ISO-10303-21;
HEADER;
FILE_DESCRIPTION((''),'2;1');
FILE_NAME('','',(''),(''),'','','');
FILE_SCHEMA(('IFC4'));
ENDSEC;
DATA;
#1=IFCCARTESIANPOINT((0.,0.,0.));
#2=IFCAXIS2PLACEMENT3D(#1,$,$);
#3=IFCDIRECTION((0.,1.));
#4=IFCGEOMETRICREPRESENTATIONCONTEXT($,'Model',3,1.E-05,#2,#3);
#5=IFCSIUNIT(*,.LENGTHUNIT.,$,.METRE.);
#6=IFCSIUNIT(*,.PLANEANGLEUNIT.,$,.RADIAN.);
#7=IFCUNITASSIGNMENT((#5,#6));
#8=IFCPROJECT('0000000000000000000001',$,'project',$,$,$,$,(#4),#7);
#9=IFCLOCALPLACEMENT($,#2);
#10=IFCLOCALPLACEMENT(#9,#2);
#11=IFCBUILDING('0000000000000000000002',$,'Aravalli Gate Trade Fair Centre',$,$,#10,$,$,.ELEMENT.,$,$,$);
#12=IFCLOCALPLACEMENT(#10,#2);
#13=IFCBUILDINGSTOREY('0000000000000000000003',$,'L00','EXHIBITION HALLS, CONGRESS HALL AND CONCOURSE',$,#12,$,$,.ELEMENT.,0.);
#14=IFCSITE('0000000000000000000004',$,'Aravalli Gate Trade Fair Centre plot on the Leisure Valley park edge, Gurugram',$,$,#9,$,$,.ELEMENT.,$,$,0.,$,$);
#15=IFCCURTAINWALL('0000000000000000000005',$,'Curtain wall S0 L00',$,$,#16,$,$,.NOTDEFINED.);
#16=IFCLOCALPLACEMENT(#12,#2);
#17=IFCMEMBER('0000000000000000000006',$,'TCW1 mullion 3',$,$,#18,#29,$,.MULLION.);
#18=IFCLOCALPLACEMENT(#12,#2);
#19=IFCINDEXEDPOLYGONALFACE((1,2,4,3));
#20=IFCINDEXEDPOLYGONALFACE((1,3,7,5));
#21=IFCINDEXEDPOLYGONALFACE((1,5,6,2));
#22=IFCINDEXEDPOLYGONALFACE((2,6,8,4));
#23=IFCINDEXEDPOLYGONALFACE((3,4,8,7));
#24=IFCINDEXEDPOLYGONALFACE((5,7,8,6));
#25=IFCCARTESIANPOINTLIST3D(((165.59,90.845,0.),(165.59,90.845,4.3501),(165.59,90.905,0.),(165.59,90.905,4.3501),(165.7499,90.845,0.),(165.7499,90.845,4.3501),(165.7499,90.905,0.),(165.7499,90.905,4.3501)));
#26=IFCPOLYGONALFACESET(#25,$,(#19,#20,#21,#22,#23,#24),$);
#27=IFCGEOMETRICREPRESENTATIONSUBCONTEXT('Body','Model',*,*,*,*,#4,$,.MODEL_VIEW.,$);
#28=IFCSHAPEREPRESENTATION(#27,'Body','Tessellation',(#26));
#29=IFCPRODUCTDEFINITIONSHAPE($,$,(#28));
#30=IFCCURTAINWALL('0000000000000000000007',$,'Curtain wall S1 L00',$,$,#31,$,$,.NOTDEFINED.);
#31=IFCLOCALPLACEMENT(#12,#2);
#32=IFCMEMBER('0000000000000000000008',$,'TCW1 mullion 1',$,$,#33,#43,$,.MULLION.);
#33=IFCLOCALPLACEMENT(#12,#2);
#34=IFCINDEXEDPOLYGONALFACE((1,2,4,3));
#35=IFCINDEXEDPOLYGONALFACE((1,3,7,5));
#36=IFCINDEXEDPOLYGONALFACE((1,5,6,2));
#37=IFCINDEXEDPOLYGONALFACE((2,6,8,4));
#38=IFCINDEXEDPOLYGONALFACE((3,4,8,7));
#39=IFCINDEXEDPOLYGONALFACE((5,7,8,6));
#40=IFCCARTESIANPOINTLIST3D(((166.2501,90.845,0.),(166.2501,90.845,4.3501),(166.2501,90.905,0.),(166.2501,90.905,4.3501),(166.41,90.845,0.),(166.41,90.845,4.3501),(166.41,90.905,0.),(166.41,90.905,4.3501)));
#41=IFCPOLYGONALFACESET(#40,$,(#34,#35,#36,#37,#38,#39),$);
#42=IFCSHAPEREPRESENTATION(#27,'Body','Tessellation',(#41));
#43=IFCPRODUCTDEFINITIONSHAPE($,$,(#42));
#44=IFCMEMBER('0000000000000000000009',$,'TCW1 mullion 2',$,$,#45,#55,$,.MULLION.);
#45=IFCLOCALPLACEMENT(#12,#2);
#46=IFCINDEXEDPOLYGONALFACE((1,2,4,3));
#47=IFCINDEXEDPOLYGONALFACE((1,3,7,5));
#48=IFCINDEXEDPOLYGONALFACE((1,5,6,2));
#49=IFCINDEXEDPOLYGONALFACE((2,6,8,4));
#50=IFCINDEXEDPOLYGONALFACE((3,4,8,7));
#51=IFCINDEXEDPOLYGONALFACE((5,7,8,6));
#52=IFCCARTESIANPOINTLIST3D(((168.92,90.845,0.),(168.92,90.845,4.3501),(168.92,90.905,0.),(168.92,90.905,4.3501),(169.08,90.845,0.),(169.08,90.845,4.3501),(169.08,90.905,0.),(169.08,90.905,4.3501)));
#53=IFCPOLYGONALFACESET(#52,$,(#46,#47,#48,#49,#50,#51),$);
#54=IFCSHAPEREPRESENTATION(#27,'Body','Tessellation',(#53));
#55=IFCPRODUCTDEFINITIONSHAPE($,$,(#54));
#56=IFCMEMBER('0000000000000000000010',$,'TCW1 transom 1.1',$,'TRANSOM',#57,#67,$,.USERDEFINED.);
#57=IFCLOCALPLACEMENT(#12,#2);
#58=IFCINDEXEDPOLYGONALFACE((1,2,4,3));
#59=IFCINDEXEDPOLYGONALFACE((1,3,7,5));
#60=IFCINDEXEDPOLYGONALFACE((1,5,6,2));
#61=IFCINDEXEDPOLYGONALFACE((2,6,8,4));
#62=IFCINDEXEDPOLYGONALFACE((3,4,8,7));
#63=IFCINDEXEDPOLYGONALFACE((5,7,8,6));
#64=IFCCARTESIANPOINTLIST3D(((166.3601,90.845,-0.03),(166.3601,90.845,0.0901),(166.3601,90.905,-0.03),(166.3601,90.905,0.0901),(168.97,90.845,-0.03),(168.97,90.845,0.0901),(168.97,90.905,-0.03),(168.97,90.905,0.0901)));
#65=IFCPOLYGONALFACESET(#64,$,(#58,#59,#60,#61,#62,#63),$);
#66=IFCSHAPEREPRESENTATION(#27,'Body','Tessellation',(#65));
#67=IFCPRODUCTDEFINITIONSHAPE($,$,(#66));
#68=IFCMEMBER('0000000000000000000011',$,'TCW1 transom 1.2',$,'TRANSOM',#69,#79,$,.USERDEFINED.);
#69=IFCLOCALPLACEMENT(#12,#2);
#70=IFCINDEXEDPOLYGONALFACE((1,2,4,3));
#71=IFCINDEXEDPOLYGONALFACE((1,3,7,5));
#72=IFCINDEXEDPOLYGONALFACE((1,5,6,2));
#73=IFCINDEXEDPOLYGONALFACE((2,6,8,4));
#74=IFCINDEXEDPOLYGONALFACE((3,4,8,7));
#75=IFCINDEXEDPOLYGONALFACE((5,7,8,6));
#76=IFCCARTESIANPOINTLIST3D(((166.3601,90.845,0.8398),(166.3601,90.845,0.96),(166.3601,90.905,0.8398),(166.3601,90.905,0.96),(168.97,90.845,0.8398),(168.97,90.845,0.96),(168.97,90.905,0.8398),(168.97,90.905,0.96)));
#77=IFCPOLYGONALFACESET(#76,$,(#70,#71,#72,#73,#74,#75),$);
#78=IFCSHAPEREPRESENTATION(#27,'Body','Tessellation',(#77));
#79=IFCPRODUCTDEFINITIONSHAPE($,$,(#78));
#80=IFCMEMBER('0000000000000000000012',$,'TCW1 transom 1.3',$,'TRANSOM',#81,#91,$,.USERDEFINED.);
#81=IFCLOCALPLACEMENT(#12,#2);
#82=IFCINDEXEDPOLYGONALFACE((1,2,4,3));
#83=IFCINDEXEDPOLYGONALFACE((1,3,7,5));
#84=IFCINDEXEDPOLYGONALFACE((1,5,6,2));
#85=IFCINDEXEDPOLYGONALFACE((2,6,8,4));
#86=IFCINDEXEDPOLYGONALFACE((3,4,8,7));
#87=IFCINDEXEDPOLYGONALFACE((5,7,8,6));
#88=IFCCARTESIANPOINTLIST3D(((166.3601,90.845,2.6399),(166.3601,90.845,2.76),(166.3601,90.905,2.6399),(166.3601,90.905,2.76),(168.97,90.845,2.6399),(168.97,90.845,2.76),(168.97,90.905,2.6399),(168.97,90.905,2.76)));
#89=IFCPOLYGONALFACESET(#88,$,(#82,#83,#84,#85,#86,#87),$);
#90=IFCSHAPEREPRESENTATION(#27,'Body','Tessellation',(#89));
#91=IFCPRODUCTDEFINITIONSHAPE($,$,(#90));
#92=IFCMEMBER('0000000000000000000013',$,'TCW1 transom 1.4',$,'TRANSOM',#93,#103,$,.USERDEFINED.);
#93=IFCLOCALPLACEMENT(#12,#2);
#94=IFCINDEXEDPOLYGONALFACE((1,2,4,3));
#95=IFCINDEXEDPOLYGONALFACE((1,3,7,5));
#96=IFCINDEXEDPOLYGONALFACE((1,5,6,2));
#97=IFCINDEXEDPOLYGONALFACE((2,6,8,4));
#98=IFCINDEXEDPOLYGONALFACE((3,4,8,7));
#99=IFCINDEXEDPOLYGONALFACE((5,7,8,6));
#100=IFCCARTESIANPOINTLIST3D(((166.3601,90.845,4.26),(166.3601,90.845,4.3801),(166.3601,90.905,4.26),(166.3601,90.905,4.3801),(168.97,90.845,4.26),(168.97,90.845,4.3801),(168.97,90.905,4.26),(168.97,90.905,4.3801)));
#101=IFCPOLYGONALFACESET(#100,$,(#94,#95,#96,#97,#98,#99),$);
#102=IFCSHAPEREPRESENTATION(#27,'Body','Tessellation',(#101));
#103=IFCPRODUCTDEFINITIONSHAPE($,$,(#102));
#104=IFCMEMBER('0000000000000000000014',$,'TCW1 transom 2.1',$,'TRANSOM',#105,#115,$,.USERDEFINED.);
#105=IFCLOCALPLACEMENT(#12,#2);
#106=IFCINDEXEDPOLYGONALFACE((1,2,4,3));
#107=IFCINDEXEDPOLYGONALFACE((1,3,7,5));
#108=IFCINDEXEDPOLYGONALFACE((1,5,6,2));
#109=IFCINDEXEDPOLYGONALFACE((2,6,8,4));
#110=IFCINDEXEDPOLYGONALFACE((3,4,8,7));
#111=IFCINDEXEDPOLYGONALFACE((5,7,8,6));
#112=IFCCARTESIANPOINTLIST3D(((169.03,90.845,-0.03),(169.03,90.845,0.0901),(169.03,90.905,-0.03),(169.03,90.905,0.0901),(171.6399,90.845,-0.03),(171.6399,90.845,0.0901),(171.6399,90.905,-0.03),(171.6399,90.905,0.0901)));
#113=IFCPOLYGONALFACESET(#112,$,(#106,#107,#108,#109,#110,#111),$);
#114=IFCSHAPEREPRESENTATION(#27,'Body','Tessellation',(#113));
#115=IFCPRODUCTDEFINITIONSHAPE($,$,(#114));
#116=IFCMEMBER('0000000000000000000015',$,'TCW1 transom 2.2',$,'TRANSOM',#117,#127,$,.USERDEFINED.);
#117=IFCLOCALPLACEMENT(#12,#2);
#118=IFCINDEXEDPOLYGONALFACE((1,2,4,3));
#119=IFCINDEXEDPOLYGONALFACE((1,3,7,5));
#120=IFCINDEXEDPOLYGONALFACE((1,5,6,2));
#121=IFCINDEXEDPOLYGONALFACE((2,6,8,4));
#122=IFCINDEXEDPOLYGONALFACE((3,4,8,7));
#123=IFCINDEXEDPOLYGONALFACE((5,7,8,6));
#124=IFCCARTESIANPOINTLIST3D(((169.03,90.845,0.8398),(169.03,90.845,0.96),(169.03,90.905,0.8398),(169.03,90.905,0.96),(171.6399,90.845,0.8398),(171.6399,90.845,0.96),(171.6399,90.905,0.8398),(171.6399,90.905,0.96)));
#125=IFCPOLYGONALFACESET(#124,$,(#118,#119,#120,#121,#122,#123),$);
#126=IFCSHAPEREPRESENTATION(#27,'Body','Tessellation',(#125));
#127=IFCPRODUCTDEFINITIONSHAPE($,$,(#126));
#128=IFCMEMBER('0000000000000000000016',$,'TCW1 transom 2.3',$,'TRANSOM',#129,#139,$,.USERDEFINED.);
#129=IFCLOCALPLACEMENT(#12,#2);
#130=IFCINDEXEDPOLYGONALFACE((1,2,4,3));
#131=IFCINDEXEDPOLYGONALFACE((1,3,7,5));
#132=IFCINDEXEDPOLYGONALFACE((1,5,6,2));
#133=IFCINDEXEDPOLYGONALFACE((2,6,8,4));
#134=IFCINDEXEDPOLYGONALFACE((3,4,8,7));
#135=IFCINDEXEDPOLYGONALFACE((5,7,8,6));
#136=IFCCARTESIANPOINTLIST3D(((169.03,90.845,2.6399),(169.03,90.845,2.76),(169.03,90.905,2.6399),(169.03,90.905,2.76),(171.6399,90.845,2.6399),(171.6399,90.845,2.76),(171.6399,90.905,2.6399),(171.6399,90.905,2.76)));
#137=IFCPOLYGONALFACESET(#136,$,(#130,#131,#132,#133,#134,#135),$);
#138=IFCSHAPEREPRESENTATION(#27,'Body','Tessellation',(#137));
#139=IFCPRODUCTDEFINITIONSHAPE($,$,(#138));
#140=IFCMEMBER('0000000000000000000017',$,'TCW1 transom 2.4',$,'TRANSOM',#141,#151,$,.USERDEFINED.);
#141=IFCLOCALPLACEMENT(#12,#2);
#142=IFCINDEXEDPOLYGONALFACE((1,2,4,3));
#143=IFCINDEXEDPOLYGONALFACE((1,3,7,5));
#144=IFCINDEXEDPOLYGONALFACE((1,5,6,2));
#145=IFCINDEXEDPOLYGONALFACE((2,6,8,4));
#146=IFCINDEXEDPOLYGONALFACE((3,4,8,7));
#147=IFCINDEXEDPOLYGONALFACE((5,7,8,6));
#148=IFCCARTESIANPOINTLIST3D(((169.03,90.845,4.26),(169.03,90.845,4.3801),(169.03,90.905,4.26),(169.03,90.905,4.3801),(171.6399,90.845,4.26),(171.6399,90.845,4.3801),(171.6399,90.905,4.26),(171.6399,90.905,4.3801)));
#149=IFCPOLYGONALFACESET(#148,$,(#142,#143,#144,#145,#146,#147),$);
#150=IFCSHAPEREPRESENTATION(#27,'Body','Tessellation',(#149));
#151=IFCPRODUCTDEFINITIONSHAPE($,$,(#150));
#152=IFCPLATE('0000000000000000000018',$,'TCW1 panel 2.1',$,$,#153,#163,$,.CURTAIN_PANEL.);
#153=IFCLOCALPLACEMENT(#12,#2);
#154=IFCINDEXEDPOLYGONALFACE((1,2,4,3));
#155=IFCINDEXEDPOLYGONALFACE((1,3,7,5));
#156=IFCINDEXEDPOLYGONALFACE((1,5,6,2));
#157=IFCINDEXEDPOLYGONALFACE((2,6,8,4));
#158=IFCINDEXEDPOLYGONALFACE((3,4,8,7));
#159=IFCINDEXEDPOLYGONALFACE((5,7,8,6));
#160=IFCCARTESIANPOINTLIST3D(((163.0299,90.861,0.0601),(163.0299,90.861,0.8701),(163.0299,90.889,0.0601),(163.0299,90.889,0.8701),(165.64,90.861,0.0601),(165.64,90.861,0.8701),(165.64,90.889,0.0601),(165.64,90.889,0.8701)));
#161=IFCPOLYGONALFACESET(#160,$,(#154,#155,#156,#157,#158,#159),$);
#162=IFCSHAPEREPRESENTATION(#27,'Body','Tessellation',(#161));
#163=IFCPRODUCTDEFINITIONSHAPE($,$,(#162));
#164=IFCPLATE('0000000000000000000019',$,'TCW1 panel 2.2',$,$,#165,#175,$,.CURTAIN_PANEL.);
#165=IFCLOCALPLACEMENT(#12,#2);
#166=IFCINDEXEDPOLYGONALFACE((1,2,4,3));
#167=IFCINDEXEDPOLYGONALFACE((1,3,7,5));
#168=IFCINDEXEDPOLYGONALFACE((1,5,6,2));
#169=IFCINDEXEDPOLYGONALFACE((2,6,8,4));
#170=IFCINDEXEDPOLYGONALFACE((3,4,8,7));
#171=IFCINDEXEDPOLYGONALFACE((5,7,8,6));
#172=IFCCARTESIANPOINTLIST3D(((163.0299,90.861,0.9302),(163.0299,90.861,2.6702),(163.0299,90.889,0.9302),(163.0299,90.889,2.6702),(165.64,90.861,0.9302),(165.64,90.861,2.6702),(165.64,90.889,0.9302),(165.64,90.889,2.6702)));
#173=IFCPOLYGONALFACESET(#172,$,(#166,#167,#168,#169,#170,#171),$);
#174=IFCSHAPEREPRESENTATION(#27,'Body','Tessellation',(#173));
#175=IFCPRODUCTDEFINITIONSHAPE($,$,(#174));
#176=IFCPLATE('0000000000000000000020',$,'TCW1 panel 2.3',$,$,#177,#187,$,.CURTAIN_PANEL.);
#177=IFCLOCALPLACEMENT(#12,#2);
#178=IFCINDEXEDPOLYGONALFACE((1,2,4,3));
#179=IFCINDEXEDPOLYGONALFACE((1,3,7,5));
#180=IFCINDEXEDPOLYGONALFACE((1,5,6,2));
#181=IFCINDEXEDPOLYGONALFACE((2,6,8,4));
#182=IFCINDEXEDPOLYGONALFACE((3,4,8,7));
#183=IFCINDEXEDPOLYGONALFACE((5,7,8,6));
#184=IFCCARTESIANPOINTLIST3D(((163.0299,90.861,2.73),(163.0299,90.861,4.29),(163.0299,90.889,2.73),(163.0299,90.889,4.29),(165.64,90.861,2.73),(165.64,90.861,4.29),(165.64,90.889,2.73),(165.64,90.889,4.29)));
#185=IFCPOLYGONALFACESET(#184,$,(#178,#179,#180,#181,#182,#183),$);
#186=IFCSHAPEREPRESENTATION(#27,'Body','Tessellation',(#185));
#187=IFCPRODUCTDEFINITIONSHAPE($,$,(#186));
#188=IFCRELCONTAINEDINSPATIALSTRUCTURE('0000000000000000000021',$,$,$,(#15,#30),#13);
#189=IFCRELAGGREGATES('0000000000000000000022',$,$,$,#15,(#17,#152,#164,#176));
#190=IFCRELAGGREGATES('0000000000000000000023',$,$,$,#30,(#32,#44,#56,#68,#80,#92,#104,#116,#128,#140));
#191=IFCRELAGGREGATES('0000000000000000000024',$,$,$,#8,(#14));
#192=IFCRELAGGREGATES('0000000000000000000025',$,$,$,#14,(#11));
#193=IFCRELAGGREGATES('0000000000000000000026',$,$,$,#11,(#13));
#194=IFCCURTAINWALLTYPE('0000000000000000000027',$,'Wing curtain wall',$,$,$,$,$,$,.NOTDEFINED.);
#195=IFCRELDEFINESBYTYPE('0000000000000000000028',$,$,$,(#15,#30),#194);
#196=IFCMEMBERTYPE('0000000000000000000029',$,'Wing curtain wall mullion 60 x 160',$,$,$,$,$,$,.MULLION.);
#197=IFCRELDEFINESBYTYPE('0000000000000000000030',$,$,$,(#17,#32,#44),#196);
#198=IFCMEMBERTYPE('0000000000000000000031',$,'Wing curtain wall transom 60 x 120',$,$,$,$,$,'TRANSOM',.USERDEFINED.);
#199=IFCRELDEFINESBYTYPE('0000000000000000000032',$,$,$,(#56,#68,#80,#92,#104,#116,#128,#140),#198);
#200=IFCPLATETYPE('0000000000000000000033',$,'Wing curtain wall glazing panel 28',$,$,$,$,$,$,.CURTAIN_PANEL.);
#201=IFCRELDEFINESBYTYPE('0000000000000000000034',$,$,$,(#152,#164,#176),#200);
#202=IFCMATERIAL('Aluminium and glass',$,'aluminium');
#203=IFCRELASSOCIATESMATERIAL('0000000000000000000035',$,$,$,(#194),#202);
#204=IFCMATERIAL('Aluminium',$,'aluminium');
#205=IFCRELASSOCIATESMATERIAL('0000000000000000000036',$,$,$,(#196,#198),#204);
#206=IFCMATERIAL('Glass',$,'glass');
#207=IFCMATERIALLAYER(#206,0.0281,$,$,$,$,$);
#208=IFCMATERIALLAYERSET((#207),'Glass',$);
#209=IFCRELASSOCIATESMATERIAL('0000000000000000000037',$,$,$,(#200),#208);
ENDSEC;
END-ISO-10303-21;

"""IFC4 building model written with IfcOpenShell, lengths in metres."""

from ifc_helpers import new_model, si_unit, direction, frame, origin, origin_2d, place, context, subcontext, project, spatial, rectangle, extrude, material, layer, layer_set, material_profile, profile_set, type_object, element, aggregate, save


model = new_model("IFC4")

# Units and contexts
model_context = context("Model", 3, precision=1e-05, world=origin(), true_north=direction((0.0, 1.0)))
body_context = subcontext(model_context, "Body", "Model", "MODEL_VIEW")
ifc_project = project(units=[si_unit("LENGTHUNIT", "METRE"), si_unit("PLANEANGLEUNIT", "RADIAN")], contexts=[model_context])

# Site, building, storey
site_placement = place(None, origin())
site = spatial("IfcSite", under=ifc_project, at=site_placement, Name="Aravalli Gate Trade Fair Centre plot on the Leisure Valley park edge, Gurugram", CompositionType="ELEMENT", RefElevation=0.0)
building_placement = place(site_placement, origin())
building = spatial("IfcBuilding", under=site, at=building_placement, Name="Aravalli Gate Trade Fair Centre", CompositionType="ELEMENT")
storey_placement = place(building_placement, origin())
storey = spatial("IfcBuildingStorey", under=building, at=storey_placement, Name="L00", Description="EXHIBITION HALLS, CONGRESS HALL AND CONCOURSE", CompositionType="ELEMENT", Elevation=0.0)

# Curtain wall, member
ifc_material_1 = material(Name="Aluminium and glass", Category="aluminium")
curtain_wall_type = type_object("IfcCurtainWallType", Name="Wing curtain wall", PredefinedType="NOTDEFINED", material=ifc_material_1)
curtain_wall_1_placement = place(storey_placement, origin())
curtain_wall_1 = element("IfcCurtainWall", 1, at=curtain_wall_1_placement, inside=storey, type_object=curtain_wall_type, Name="Curtain wall S0 L00", PredefinedType="NOTDEFINED")
ifc_material_2 = material(Name="Aluminium", Category="aluminium")
ifc_material_profile_1 = material_profile(ifc_material_2, rectangle(XDim=0.0601, YDim=0.1599, at=origin_2d()), Name="Wing curtain wall mullion 60 x 160")
ifc_profile_set_1 = profile_set([ifc_material_profile_1], Name="Aluminium")
member_type_1 = type_object("IfcMemberType", Name="Wing curtain wall mullion 60 x 160", PredefinedType="MULLION", material=ifc_profile_set_1)
member_1_placement = place(storey_placement, frame((165.6699, 90.875, 0.0), z_axis=(0.0, 0.0, 1.0), x_axis=(0.0, 1.0, 0.0)))
member_1 = element("IfcMember", 2, at=member_1_placement, type_object=member_type_1, Name="TCW1 mullion 3", PredefinedType="MULLION", context=body_context, shape_type="SweptSolid", body=[
    extrude(rectangle(XDim=0.0601, YDim=0.1599, at=origin_2d()), origin(), (0.0, 0.0, 1.0), 4.3501),
])

# Curtain wall, members
curtain_wall_2_placement = place(storey_placement, origin())
curtain_wall_2 = element("IfcCurtainWall", 3, at=curtain_wall_2_placement, inside=storey, type_object=curtain_wall_type, Name="Curtain wall S1 L00", PredefinedType="NOTDEFINED")
member_2_placement = place(storey_placement, frame((166.3301, 90.875, 0.0), z_axis=(0.0, 0.0, 1.0), x_axis=(0.0, 1.0, 0.0)))
member_2 = element("IfcMember", 4, at=member_2_placement, type_object=member_type_1, Name="TCW1 mullion 1", PredefinedType="MULLION", context=body_context, shape_type="SweptSolid", body=[
    extrude(rectangle(XDim=0.0601, YDim=0.1599, at=origin_2d()), origin(), (0.0, 0.0, 1.0), 4.3501),
])
member_3_placement = place(storey_placement, frame((169.0, 90.875, 0.0), z_axis=(0.0, 0.0, 1.0), x_axis=(0.0, 1.0, 0.0)))
member_3 = element("IfcMember", 5, at=member_3_placement, type_object=member_type_1, Name="TCW1 mullion 2", PredefinedType="MULLION", context=body_context, shape_type="SweptSolid", body=[
    extrude(rectangle(XDim=0.0601, YDim=0.1599, at=origin_2d()), origin(), (0.0, 0.0, 1.0), 4.3501),
])
ifc_material_profile_2 = material_profile(ifc_material_2, rectangle(XDim=0.0601, YDim=0.1201, at=origin_2d()), Name="Wing curtain wall transom 60 x 120")
ifc_profile_set_2 = profile_set([ifc_material_profile_2], Name="Aluminium")
member_type_2 = type_object("IfcMemberType", Name="Wing curtain wall transom 60 x 120", ElementType="TRANSOM", PredefinedType="USERDEFINED", material=ifc_profile_set_2)
member_4_placement = place(storey_placement, frame((166.3601, 90.875, 0.03), z_axis=(1.0, 0.0, 0.0), x_axis=(0.0, 1.0, 0.0)))
member_4 = element("IfcMember", 6, at=member_4_placement, type_object=member_type_2, Name="TCW1 transom 1.1", ObjectType="TRANSOM", PredefinedType="USERDEFINED", context=body_context, shape_type="SweptSolid", body=[
    extrude(rectangle(XDim=0.0601, YDim=0.1201, at=origin_2d()), origin(), (0.0, 0.0, 1.0), 2.6099),
])
member_5_placement = place(storey_placement, frame((166.3601, 90.875, 0.8999), z_axis=(1.0, 0.0, 0.0), x_axis=(0.0, 1.0, 0.0)))
member_5 = element("IfcMember", 7, at=member_5_placement, type_object=member_type_2, Name="TCW1 transom 1.2", ObjectType="TRANSOM", PredefinedType="USERDEFINED", context=body_context, shape_type="SweptSolid", body=[
    extrude(rectangle(XDim=0.0601, YDim=0.1201, at=origin_2d()), origin(), (0.0, 0.0, 1.0), 2.6099),
])
member_6_placement = place(storey_placement, frame((166.3601, 90.875, 2.7), z_axis=(1.0, 0.0, 0.0), x_axis=(0.0, 1.0, 0.0)))
member_6 = element("IfcMember", 8, at=member_6_placement, type_object=member_type_2, Name="TCW1 transom 1.3", ObjectType="TRANSOM", PredefinedType="USERDEFINED", context=body_context, shape_type="SweptSolid", body=[
    extrude(rectangle(XDim=0.0601, YDim=0.1201, at=origin_2d()), origin(), (0.0, 0.0, 1.0), 2.6099),
])
member_7_placement = place(storey_placement, frame((166.3601, 90.875, 4.3201), z_axis=(1.0, 0.0, 0.0), x_axis=(0.0, 1.0, 0.0)))
member_7 = element("IfcMember", 9, at=member_7_placement, type_object=member_type_2, Name="TCW1 transom 1.4", ObjectType="TRANSOM", PredefinedType="USERDEFINED", context=body_context, shape_type="SweptSolid", body=[
    extrude(rectangle(XDim=0.0601, YDim=0.1201, at=origin_2d()), origin(), (0.0, 0.0, 1.0), 2.6099),
])
member_8_placement = place(storey_placement, frame((169.03, 90.875, 0.03), z_axis=(1.0, 0.0, 0.0), x_axis=(0.0, 1.0, 0.0)))
member_8 = element("IfcMember", 10, at=member_8_placement, type_object=member_type_2, Name="TCW1 transom 2.1", ObjectType="TRANSOM", PredefinedType="USERDEFINED", context=body_context, shape_type="SweptSolid", body=[
    extrude(rectangle(XDim=0.0601, YDim=0.1201, at=origin_2d()), origin(), (0.0, 0.0, 1.0), 2.6099),
])
member_9_placement = place(storey_placement, frame((169.03, 90.875, 0.8999), z_axis=(1.0, 0.0, 0.0), x_axis=(0.0, 1.0, 0.0)))
member_9 = element("IfcMember", 11, at=member_9_placement, type_object=member_type_2, Name="TCW1 transom 2.2", ObjectType="TRANSOM", PredefinedType="USERDEFINED", context=body_context, shape_type="SweptSolid", body=[
    extrude(rectangle(XDim=0.0601, YDim=0.1201, at=origin_2d()), origin(), (0.0, 0.0, 1.0), 2.6099),
])
member_10_placement = place(storey_placement, frame((169.03, 90.875, 2.7), z_axis=(1.0, 0.0, 0.0), x_axis=(0.0, 1.0, 0.0)))
member_10 = element("IfcMember", 12, at=member_10_placement, type_object=member_type_2, Name="TCW1 transom 2.3", ObjectType="TRANSOM", PredefinedType="USERDEFINED", context=body_context, shape_type="SweptSolid", body=[
    extrude(rectangle(XDim=0.0601, YDim=0.1201, at=origin_2d()), origin(), (0.0, 0.0, 1.0), 2.6099),
])
member_11_placement = place(storey_placement, frame((169.03, 90.875, 4.3201), z_axis=(1.0, 0.0, 0.0), x_axis=(0.0, 1.0, 0.0)))
member_11 = element("IfcMember", 13, at=member_11_placement, type_object=member_type_2, Name="TCW1 transom 2.4", ObjectType="TRANSOM", PredefinedType="USERDEFINED", context=body_context, shape_type="SweptSolid", body=[
    extrude(rectangle(XDim=0.0601, YDim=0.1201, at=origin_2d()), origin(), (0.0, 0.0, 1.0), 2.6099),
])

# Plates
ifc_material_3 = material(Name="Glass", Category="glass")
ifc_layer = layer(ifc_material_3, 0.0281)
ifc_layer_set = layer_set([ifc_layer], Name="Glass")
plate_type = type_object("IfcPlateType", Name="Wing curtain wall glazing panel 28", PredefinedType="CURTAIN_PANEL", material=ifc_layer_set)
plate_1_placement = place(storey_placement, frame((164.335, 90.875, 0.0601), z_axis=(0.0, 0.0, 1.0), x_axis=(1.0, 0.0, 0.0)))
plate_1 = element("IfcPlate", 14, at=plate_1_placement, type_object=plate_type, Name="TCW1 panel 2.1", PredefinedType="CURTAIN_PANEL", context=body_context, shape_type="SweptSolid", body=[
    extrude(rectangle(XDim=2.6101, YDim=0.0281, at=origin_2d()), origin(), (0.0, 0.0, 1.0), 0.8101),
])
plate_2_placement = place(storey_placement, frame((164.335, 90.875, 0.9302), z_axis=(0.0, 0.0, 1.0), x_axis=(1.0, 0.0, 0.0)))
plate_2 = element("IfcPlate", 15, at=plate_2_placement, type_object=plate_type, Name="TCW1 panel 2.2", PredefinedType="CURTAIN_PANEL", context=body_context, shape_type="SweptSolid", body=[
    extrude(rectangle(XDim=2.6101, YDim=0.0281, at=origin_2d()), origin(), (0.0, 0.0, 1.0), 1.74),
])
plate_3_placement = place(storey_placement, frame((164.335, 90.875, 2.73), z_axis=(0.0, 0.0, 1.0), x_axis=(1.0, 0.0, 0.0)))
plate_3 = element("IfcPlate", 16, at=plate_3_placement, type_object=plate_type, Name="TCW1 panel 2.3", PredefinedType="CURTAIN_PANEL", context=body_context, shape_type="SweptSolid", body=[
    extrude(rectangle(XDim=2.6101, YDim=0.0281, at=origin_2d()), origin(), (0.0, 0.0, 1.0), 1.5601),
])
aggregate(curtain_wall_1, [member_1, plate_1, plate_2, plate_3])
aggregate(curtain_wall_2, [member_2, member_3, member_4, member_5, member_6, member_7, member_8, member_9, member_10, member_11])

save(model, "model.ifc")
